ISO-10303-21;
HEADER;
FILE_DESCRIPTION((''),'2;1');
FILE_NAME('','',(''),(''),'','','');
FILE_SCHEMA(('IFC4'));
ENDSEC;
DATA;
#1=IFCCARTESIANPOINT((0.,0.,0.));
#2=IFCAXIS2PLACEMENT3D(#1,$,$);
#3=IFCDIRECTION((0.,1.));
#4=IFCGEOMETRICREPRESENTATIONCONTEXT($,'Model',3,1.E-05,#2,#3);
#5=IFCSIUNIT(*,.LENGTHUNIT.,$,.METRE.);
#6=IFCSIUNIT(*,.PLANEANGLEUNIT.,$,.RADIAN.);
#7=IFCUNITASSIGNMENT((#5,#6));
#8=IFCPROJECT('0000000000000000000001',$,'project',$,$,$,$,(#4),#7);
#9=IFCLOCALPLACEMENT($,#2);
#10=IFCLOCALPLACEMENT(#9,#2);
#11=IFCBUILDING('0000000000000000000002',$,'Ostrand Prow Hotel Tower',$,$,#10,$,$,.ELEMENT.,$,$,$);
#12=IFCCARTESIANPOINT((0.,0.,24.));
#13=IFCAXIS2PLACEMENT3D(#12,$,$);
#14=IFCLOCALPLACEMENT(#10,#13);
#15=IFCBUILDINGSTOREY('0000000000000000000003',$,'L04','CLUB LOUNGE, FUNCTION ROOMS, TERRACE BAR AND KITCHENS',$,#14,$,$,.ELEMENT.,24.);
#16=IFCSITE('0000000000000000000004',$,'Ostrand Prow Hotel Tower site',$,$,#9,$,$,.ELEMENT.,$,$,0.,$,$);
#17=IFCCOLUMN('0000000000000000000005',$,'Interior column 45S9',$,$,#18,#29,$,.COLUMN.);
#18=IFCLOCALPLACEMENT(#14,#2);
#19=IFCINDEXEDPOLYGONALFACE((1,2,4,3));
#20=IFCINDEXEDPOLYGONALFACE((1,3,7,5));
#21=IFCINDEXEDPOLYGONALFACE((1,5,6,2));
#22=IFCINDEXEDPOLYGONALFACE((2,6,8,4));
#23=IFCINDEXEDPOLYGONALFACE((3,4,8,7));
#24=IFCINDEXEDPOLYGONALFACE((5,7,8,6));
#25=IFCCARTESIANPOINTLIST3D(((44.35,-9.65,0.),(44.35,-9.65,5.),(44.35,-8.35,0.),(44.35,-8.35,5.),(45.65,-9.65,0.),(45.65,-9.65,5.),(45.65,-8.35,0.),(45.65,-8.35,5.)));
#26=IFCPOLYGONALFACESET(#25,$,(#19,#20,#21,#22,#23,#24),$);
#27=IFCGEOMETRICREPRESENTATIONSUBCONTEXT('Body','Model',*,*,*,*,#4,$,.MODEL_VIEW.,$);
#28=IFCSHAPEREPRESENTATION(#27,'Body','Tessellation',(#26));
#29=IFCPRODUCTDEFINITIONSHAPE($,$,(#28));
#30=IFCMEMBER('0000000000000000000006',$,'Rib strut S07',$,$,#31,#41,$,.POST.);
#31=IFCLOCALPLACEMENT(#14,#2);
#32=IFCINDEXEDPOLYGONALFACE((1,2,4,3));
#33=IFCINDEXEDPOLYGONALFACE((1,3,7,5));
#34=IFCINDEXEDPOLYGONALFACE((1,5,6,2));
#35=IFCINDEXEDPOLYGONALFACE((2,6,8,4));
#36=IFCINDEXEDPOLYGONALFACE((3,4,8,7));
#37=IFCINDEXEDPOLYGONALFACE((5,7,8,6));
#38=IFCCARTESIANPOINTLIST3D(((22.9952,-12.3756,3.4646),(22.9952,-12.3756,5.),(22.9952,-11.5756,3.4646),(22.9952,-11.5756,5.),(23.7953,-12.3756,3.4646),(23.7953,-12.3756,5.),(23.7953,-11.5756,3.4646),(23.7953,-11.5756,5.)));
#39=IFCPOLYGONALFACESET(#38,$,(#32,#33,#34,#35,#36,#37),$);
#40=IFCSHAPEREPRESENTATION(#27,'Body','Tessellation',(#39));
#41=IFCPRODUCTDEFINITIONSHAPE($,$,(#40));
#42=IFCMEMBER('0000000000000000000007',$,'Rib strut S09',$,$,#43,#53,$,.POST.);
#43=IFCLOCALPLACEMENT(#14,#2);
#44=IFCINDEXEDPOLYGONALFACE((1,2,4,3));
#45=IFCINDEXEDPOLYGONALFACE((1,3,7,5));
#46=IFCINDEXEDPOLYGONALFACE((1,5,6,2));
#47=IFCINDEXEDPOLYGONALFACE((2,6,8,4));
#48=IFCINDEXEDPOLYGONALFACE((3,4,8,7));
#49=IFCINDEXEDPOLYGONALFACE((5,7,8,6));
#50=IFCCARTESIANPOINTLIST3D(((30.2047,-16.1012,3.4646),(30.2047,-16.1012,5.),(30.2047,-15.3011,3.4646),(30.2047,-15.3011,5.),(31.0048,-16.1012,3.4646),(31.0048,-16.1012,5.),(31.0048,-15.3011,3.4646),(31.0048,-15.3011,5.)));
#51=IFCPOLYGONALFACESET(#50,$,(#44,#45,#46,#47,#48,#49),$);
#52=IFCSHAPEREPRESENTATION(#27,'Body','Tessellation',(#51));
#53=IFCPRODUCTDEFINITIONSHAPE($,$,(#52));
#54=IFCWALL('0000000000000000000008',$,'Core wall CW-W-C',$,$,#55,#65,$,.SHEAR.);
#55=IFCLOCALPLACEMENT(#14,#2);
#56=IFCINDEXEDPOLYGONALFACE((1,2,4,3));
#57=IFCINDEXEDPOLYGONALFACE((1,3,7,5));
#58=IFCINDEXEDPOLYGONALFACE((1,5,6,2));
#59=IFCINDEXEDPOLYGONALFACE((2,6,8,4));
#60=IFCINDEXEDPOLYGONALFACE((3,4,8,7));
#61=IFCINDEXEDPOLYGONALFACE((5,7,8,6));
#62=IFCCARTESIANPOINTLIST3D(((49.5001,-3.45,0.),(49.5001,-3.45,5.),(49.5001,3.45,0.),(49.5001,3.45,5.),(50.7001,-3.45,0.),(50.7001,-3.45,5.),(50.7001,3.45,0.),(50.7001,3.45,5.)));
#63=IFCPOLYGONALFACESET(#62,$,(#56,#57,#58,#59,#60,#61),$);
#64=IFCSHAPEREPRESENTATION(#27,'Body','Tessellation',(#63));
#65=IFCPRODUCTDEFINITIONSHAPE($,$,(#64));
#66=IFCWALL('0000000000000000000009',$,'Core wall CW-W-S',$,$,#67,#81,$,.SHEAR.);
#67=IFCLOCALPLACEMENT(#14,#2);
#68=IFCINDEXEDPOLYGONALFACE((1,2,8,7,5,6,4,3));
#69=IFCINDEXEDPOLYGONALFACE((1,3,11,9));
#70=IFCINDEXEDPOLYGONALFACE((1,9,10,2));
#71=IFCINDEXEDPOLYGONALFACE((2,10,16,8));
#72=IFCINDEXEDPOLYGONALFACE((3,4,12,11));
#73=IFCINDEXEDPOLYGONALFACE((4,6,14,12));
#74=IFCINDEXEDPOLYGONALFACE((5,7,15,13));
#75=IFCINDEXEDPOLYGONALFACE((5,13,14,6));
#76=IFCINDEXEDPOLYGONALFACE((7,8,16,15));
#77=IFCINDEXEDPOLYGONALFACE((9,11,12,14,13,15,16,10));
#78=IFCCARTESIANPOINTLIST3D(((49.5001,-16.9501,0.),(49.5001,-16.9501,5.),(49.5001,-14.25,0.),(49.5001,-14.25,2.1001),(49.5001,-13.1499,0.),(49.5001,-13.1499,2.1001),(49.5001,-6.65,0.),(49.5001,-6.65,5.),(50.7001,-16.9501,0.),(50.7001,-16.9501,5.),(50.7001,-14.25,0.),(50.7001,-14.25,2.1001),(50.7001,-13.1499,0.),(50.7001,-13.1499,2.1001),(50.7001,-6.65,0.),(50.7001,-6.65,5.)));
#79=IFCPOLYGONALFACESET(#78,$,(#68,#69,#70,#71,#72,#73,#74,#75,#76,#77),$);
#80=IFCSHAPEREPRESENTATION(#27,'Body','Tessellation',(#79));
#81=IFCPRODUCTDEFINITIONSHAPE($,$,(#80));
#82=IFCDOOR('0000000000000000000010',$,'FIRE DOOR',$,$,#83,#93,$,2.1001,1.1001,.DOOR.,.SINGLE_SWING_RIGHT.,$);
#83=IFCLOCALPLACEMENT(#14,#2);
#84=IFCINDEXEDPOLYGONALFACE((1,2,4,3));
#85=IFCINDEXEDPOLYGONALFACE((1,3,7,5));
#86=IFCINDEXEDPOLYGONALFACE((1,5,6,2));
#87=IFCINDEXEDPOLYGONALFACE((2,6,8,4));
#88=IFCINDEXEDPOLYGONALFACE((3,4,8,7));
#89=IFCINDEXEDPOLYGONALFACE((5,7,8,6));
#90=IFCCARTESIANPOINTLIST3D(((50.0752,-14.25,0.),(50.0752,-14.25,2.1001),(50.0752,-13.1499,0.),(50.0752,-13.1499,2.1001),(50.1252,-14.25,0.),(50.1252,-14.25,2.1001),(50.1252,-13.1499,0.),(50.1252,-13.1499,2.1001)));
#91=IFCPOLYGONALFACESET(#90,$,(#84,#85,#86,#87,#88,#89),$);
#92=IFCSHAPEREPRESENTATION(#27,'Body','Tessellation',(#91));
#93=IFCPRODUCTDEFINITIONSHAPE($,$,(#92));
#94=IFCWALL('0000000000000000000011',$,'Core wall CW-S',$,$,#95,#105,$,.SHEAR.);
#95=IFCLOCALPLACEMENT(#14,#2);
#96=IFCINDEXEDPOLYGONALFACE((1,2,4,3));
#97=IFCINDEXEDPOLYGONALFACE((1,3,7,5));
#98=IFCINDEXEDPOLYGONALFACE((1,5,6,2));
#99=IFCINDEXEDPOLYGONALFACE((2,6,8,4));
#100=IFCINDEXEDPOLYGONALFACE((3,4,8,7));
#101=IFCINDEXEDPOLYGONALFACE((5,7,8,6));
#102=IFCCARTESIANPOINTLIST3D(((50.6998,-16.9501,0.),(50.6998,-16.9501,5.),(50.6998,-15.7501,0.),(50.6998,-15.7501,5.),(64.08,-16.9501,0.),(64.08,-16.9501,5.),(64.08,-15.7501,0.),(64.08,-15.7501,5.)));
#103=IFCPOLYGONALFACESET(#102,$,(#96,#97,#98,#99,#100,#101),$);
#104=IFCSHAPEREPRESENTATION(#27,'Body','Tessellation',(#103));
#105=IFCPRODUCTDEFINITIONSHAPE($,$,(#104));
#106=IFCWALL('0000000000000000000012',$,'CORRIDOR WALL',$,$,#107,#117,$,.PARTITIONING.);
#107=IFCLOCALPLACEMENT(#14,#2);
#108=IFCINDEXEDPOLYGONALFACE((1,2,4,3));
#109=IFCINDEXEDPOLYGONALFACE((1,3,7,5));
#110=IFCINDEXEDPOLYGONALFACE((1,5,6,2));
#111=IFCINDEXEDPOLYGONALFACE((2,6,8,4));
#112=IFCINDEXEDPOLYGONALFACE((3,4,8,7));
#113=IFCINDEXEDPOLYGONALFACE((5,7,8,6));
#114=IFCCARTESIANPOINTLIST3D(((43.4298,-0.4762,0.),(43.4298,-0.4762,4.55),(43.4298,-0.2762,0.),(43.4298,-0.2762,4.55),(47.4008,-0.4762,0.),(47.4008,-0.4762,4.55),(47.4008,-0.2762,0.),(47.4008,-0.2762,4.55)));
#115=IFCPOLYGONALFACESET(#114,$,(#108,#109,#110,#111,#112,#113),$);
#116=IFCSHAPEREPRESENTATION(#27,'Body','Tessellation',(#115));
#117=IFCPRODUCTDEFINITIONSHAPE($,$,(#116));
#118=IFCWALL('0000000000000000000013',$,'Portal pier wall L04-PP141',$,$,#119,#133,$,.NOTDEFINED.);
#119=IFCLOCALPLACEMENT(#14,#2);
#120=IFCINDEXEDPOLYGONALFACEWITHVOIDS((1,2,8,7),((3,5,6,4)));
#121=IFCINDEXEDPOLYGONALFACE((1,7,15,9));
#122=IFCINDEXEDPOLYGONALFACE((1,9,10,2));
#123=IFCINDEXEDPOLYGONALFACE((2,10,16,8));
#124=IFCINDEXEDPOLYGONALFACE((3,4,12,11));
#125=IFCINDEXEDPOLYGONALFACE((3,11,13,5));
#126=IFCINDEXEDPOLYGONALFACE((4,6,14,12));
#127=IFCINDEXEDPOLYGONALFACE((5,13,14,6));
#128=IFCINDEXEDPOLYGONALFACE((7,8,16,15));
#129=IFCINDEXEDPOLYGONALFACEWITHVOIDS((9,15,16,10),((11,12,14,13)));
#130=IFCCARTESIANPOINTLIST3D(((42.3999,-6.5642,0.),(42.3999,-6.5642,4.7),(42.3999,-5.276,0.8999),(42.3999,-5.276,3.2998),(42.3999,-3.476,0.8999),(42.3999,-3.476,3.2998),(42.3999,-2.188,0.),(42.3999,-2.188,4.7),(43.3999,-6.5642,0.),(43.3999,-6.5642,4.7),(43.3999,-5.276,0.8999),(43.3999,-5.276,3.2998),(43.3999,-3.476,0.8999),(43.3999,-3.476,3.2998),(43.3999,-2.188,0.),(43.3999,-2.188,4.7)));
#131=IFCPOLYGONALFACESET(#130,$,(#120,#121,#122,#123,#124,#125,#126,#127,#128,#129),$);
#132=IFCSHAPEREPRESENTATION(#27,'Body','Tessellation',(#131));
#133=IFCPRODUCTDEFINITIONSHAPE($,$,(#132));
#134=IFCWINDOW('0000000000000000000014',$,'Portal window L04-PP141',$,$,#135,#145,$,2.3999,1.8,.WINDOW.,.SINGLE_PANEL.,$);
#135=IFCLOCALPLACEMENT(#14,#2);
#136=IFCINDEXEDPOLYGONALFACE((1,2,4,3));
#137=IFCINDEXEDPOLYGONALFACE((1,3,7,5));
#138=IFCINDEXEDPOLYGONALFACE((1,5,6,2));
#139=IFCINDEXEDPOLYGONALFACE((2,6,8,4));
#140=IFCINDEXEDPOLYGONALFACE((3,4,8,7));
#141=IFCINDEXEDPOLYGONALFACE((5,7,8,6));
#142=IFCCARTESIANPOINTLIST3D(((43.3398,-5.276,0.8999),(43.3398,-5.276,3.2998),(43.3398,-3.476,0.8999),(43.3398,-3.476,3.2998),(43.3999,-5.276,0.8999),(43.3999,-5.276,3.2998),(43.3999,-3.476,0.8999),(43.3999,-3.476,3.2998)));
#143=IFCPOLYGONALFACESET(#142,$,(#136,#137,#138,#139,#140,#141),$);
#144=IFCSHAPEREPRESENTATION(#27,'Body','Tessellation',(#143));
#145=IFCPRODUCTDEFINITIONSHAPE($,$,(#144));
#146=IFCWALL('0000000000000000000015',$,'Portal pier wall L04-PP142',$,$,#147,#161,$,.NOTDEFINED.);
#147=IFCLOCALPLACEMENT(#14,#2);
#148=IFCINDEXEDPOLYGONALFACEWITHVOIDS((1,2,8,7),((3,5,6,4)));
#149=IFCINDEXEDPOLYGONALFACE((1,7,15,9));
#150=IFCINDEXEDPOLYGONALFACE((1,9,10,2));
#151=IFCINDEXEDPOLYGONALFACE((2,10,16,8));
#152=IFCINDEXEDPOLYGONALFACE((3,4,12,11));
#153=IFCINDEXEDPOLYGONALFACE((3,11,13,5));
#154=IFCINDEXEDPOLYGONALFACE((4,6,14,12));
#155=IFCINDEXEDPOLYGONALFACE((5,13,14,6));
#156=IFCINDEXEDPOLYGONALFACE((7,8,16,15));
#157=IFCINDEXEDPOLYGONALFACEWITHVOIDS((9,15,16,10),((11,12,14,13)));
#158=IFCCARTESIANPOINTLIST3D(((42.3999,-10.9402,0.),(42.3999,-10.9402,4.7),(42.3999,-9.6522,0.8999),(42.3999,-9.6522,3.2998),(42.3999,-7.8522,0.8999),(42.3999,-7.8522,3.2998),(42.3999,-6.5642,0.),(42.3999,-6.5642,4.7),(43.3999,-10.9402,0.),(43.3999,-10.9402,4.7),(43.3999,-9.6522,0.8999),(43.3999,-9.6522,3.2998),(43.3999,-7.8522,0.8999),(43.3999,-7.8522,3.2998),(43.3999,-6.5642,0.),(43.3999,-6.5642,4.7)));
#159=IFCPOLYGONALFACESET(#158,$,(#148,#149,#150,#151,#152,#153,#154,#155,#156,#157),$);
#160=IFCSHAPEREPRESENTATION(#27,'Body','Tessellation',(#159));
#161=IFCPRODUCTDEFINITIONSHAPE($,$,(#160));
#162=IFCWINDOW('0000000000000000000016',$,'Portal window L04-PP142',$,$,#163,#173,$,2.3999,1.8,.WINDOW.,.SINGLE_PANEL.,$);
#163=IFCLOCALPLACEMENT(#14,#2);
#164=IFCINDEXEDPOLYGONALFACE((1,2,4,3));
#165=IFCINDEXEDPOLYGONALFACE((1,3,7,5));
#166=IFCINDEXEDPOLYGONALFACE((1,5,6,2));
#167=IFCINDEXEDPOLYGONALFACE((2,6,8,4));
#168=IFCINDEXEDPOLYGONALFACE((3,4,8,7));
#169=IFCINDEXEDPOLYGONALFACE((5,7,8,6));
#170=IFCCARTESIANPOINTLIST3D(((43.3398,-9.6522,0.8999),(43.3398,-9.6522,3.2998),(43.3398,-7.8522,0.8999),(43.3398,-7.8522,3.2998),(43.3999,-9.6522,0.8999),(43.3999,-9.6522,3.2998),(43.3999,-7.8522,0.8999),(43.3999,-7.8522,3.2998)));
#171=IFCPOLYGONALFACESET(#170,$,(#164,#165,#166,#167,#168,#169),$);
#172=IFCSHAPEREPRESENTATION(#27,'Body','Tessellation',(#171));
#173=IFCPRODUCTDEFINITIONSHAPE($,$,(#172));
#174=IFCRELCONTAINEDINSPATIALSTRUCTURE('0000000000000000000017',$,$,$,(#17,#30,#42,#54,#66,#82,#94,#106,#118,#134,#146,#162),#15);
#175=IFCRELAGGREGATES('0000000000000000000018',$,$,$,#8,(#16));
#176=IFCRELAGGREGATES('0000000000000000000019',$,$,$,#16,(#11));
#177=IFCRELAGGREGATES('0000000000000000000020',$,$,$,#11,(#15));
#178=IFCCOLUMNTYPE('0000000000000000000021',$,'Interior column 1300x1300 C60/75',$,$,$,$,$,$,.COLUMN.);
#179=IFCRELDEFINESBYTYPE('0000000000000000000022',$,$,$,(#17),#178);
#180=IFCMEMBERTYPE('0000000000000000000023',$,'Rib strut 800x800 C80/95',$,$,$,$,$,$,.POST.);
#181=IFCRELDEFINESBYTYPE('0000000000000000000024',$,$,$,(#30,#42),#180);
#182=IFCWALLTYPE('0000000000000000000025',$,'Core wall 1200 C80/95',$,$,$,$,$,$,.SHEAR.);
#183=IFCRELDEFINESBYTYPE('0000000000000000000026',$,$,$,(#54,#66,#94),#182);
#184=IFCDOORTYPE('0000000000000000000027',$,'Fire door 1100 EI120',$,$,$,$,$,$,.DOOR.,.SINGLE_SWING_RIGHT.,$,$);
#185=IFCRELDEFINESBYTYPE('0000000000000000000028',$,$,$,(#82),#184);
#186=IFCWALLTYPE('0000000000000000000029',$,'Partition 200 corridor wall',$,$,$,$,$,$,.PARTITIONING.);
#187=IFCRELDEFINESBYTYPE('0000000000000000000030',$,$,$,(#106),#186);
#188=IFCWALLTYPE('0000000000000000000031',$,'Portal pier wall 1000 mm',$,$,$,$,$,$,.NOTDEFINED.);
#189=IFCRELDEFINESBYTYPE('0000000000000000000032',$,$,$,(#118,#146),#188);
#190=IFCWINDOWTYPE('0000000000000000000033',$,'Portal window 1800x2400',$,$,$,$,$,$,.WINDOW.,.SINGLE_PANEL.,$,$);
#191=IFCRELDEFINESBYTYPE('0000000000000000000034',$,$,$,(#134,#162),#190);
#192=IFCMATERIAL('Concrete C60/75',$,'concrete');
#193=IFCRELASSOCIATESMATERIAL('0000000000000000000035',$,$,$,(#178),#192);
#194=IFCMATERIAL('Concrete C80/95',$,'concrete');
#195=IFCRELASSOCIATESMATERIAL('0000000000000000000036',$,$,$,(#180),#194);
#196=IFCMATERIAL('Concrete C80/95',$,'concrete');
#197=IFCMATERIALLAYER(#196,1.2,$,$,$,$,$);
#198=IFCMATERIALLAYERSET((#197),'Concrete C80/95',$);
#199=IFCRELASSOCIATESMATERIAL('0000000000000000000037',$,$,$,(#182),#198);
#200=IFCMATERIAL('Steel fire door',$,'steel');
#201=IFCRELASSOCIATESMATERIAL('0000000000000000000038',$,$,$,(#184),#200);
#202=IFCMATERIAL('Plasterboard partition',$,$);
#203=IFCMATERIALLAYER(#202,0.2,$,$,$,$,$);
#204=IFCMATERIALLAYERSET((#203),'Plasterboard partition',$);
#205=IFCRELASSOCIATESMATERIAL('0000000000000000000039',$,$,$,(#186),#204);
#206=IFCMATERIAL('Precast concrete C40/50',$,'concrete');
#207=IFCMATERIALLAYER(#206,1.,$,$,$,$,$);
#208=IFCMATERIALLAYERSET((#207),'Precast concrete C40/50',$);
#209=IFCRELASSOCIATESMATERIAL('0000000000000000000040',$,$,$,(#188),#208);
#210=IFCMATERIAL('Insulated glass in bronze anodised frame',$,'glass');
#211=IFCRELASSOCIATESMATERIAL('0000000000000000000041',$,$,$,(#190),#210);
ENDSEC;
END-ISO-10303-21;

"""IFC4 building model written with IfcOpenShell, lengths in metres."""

from ifc_helpers import new_model, si_unit, direction, frame, frame_2d, origin, origin_2d, place, context, subcontext, project, spatial, polyline, rectangle, outline, extrude, material, layer, layer_set, material_profile, profile_set, type_object, element, fill, save


model = new_model("IFC4")

# Units and contexts
model_context = context("Model", 3, precision=1e-05, world=origin(), true_north=direction((0.0, 1.0)))
body_context = subcontext(model_context, "Body", "Model", "MODEL_VIEW")
ifc_project = project(units=[si_unit("LENGTHUNIT", "METRE"), si_unit("PLANEANGLEUNIT", "RADIAN")], contexts=[model_context])

# Site, building, storey
site_placement = place(None, origin())
site = spatial("IfcSite", under=ifc_project, at=site_placement, Name="Ostrand Prow Hotel Tower site", CompositionType="ELEMENT", RefElevation=0.0)
building_placement = place(site_placement, origin())
building = spatial("IfcBuilding", under=site, at=building_placement, Name="Ostrand Prow Hotel Tower", CompositionType="ELEMENT")
storey_placement = place(building_placement, frame((0.0, 0.0, 24.0)))
storey = spatial("IfcBuildingStorey", under=building, at=storey_placement, Name="L04", Description="CLUB LOUNGE, FUNCTION ROOMS, TERRACE BAR AND KITCHENS", CompositionType="ELEMENT", Elevation=24.0)

# Column
ifc_material_1 = material(Name="Concrete C60/75", Category="concrete")
ifc_material_profile_1 = material_profile(ifc_material_1, rectangle(XDim=1.3, YDim=1.3, at=origin_2d()), Name="RC 1300x1300")
ifc_profile_set_1 = profile_set([ifc_material_profile_1], Name="Concrete C60/75")
column_type = type_object("IfcColumnType", Name="Interior column 1300x1300 C60/75", PredefinedType="COLUMN", material=ifc_profile_set_1)
column_placement = place(storey_placement, frame((45.0, -9.0, 0.0), z_axis=(0.0, 0.0, 1.0), x_axis=(1.0, 0.0, 0.0)))
element("IfcColumn", 1, at=column_placement, inside=storey, type_object=column_type, Name="Interior column 45S9", PredefinedType="COLUMN", context=body_context, shape_type="SweptSolid", body=[
    extrude(rectangle(XDim=1.3, YDim=1.3, at=origin_2d()), origin(), (0.0, 0.0, 1.0), 5.0),
])

# Members
ifc_material_2 = material(Name="Concrete C80/95", Category="concrete")
ifc_material_profile_2 = material_profile(ifc_material_2, rectangle(XDim=0.8, YDim=0.8, at=origin_2d()), Name="RC 800x800")
ifc_profile_set_2 = profile_set([ifc_material_profile_2], Name="Concrete C80/95")
member_type = type_object("IfcMemberType", Name="Rib strut 800x800 C80/95", PredefinedType="POST", material=ifc_profile_set_2)
for number, where, z_axis, x_axis, name in (
    (2, (23.3953, -11.9756, 3.4646), (0.0, 0.0, 1.0), (1.0, 0.0, 0.0), "Rib strut S07"),
    (3, (30.6047, -15.7012, 3.4646), (0.0, 0.0, 1.0), (1.0, 0.0, 0.0), "Rib strut S09"),
):
    element("IfcMember", number, at=place(storey_placement, frame(where, z_axis=z_axis, x_axis=x_axis)), inside=storey, type_object=member_type, Name=name, PredefinedType="POST", context=body_context, shape_type="SweptSolid", body=[
        extrude(rectangle(XDim=0.8, YDim=0.8, at=origin_2d()), origin(), (0.0, 0.0, 1.0), 1.5354),
    ])

# Wall
ifc_material_3 = material(Name="Concrete C80/95", Category="concrete")
ifc_layer_1 = layer(ifc_material_3, 1.2)
ifc_layer_set_1 = layer_set([ifc_layer_1], Name="Concrete C80/95")
wall_type_1 = type_object("IfcWallType", Name="Core wall 1200 C80/95", PredefinedType="SHEAR", material=ifc_layer_set_1)
wall_1_placement = place(storey_placement, frame((50.1001, -3.45, 0.0), z_axis=(0.0, 0.0, 1.0), x_axis=(0.0, 1.0, 0.0)))
element("IfcWall", 4, at=wall_1_placement, inside=storey, type_object=wall_type_1, Name="Core wall CW-W-C", PredefinedType="SHEAR", context=body_context, shape_type="SweptSolid", body=[
    extrude(rectangle(XDim=6.8999, YDim=1.2, at=frame_2d((3.45, 0.0))), origin(), (0.0, 0.0, 1.0), 5.0),
])

# Wall, opening, door
wall_2_placement = place(storey_placement, frame((50.1001, -16.95, 0.0), z_axis=(0.0, 0.0, 1.0), x_axis=(0.0, 1.0, 0.0)))
wall_2 = element("IfcWall", 5, at=wall_2_placement, inside=storey, type_object=wall_type_1, Name="Core wall CW-W-S", PredefinedType="SHEAR", context=body_context, shape_type="SweptSolid", body=[
    extrude(rectangle(XDim=10.3, YDim=1.2, at=frame_2d((5.1499, 0.0))), origin(), (0.0, 0.0, 1.0), 5.0),
])
opening_1_placement = place(wall_2_placement, frame((2.7, 0.0, 0.0)))
opening_1 = element("IfcOpeningElement", 6, at=opening_1_placement, cuts=wall_2, PredefinedType="OPENING", context=body_context, shape_type="SweptSolid", body=[
    extrude(rectangle(XDim=1.1001, YDim=2.1001, at=frame_2d((0.55, 1.05))), frame((0.0, 0.6099, 0.0), z_axis=(0.0, -1.0, 0.0), x_axis=(1.0, 0.0, 0.0)), (0.0, 0.0, 1.0), 1.22),
])
ifc_material_4 = material(Name="Steel fire door", Category="steel")
door_type = type_object("IfcDoorType", Name="Fire door 1100 EI120", OperationType="SINGLE_SWING_RIGHT", PredefinedType="DOOR", material=ifc_material_4)
door_placement = place(opening_1_placement, origin())
door = element("IfcDoor", 7, at=door_placement, inside=storey, type_object=door_type, Name="FIRE DOOR", OperationType="SINGLE_SWING_RIGHT", OverallHeight=2.1001, OverallWidth=1.1001, PredefinedType="DOOR", context=body_context, shape_type="SweptSolid", body=[
    extrude(rectangle(XDim=1.1001, YDim=2.1001, at=frame_2d((0.55, 1.05))), frame((0.0, 0.0249, 0.0), z_axis=(0.0, -1.0, 0.0), x_axis=(1.0, 0.0, 0.0)), (0.0, 0.0, 1.0), 0.05),
])
fill(opening_1, door)

# Walls
wall_3_placement = place(storey_placement, frame((50.7, -16.3501, 0.0), z_axis=(0.0, 0.0, 1.0), x_axis=(1.0, 0.0, 0.0)))
element("IfcWall", 8, at=wall_3_placement, inside=storey, type_object=wall_type_1, Name="Core wall CW-S", PredefinedType="SHEAR", context=body_context, shape_type="SweptSolid", body=[
    extrude(rectangle(XDim=13.3801, YDim=1.2, at=frame_2d((6.6899, 0.0))), origin(), (0.0, 0.0, 1.0), 5.0),
])
ifc_material_5 = material(Name="Plasterboard partition")
ifc_layer_2 = layer(ifc_material_5, 0.2)
ifc_layer_set_2 = layer_set([ifc_layer_2], Name="Plasterboard partition")
wall_type_2 = type_object("IfcWallType", Name="Partition 200 corridor wall", PredefinedType="PARTITIONING", material=ifc_layer_set_2)
wall_4_placement = place(storey_placement, frame((43.4299, -0.3762, 0.0), z_axis=(0.0, 0.0, 1.0), x_axis=(1.0, 0.0, 0.0)))
element("IfcWall", 9, at=wall_4_placement, inside=storey, type_object=wall_type_2, Name="CORRIDOR WALL", PredefinedType="PARTITIONING", context=body_context, shape_type="SweptSolid", body=[
    extrude(rectangle(XDim=3.9709, YDim=0.2, at=frame_2d((1.9854, 0.0))), origin(), (0.0, 0.0, 1.0), 4.55),
])

# Walls, openings, windows
ifc_material_6 = material(Name="Precast concrete C40/50", Category="concrete")
ifc_layer_3 = layer(ifc_material_6, 1.0)
ifc_layer_set_3 = layer_set([ifc_layer_3], Name="Precast concrete C40/50")
wall_type_3 = type_object("IfcWallType", Name="Portal pier wall 1000 mm", PredefinedType="NOTDEFINED", material=ifc_layer_set_3)
wall_5_placement = place(storey_placement, frame((42.8999, -2.188, 0.0), z_axis=(0.0, 0.0, 1.0), x_axis=(0.0, -1.0, 0.0)))
wall_5 = element("IfcWall", 10, at=wall_5_placement, inside=storey, type_object=wall_type_3, Name="Portal pier wall L04-PP141", PredefinedType="NOTDEFINED", context=body_context, shape_type="SweptSolid", body=[
    extrude(outline(polyline([(0.0, -0.5), (4.3762, -0.5), (4.3762, 0.5), (0.0, 0.5), (0.0, -0.5)])), origin(), (0.0, 0.0, 1.0), 4.7),
])
opening_2_placement = place(wall_5_placement, frame((1.2881, 0.0, 0.8999)))
opening_2 = element("IfcOpeningElement", 11, at=opening_2_placement, cuts=wall_5, PredefinedType="OPENING", context=body_context, shape_type="SweptSolid", body=[
    extrude(rectangle(XDim=1.8, YDim=2.3999, at=frame_2d((0.8999, 1.2))), frame((0.0, 0.51, 0.0), z_axis=(0.0, -1.0, 0.0), x_axis=(1.0, 0.0, 0.0)), (0.0, 0.0, 1.0), 1.02),
])
ifc_material_7 = material(Name="Insulated glass in bronze anodised frame", Category="glass")
window_type = type_object("IfcWindowType", Name="Portal window 1800x2400", PartitioningType="SINGLE_PANEL", PredefinedType="WINDOW", material=ifc_material_7)
window_1_placement = place(opening_2_placement, origin())
window_1 = element("IfcWindow", 12, at=window_1_placement, inside=storey, type_object=window_type, Name="Portal window L04-PP141", OverallHeight=2.3999, OverallWidth=1.8, PartitioningType="SINGLE_PANEL", PredefinedType="WINDOW", context=body_context, shape_type="SweptSolid", body=[
    extrude(rectangle(XDim=1.8, YDim=2.3999, at=frame_2d((0.8999, 1.2))), frame((0.0, 0.5, 0.0), z_axis=(0.0, -1.0, 0.0), x_axis=(1.0, 0.0, 0.0)), (0.0, 0.0, 1.0), 0.0601),
])
fill(opening_2, window_1)
wall_6_placement = place(storey_placement, frame((42.8999, -6.5642, 0.0), z_axis=(0.0, 0.0, 1.0), x_axis=(0.0, -1.0, 0.0)))
wall_6 = element("IfcWall", 13, at=wall_6_placement, inside=storey, type_object=wall_type_3, Name="Portal pier wall L04-PP142", PredefinedType="NOTDEFINED", context=body_context, shape_type="SweptSolid", body=[
    extrude(outline(polyline([(0.0, -0.5), (4.376, -0.5), (4.376, 0.5), (0.0, 0.5), (0.0, -0.5)])), origin(), (0.0, 0.0, 1.0), 4.7),
])
opening_3_placement = place(wall_6_placement, frame((1.2881, 0.0, 0.8999)))
opening_3 = element("IfcOpeningElement", 14, at=opening_3_placement, cuts=wall_6, PredefinedType="OPENING", context=body_context, shape_type="SweptSolid", body=[
    extrude(rectangle(XDim=1.8, YDim=2.3999, at=frame_2d((0.8999, 1.2))), frame((0.0, 0.51, 0.0), z_axis=(0.0, -1.0, 0.0), x_axis=(1.0, 0.0, 0.0)), (0.0, 0.0, 1.0), 1.02),
])
window_2_placement = place(opening_3_placement, origin())
window_2 = element("IfcWindow", 15, at=window_2_placement, inside=storey, type_object=window_type, Name="Portal window L04-PP142", OverallHeight=2.3999, OverallWidth=1.8, PartitioningType="SINGLE_PANEL", PredefinedType="WINDOW", context=body_context, shape_type="SweptSolid", body=[
    extrude(rectangle(XDim=1.8, YDim=2.3999, at=frame_2d((0.8999, 1.2))), frame((0.0, 0.5, 0.0), z_axis=(0.0, -1.0, 0.0), x_axis=(1.0, 0.0, 0.0)), (0.0, 0.0, 1.0), 0.0601),
])
fill(opening_3, window_2)

save(model, "model.ifc")
